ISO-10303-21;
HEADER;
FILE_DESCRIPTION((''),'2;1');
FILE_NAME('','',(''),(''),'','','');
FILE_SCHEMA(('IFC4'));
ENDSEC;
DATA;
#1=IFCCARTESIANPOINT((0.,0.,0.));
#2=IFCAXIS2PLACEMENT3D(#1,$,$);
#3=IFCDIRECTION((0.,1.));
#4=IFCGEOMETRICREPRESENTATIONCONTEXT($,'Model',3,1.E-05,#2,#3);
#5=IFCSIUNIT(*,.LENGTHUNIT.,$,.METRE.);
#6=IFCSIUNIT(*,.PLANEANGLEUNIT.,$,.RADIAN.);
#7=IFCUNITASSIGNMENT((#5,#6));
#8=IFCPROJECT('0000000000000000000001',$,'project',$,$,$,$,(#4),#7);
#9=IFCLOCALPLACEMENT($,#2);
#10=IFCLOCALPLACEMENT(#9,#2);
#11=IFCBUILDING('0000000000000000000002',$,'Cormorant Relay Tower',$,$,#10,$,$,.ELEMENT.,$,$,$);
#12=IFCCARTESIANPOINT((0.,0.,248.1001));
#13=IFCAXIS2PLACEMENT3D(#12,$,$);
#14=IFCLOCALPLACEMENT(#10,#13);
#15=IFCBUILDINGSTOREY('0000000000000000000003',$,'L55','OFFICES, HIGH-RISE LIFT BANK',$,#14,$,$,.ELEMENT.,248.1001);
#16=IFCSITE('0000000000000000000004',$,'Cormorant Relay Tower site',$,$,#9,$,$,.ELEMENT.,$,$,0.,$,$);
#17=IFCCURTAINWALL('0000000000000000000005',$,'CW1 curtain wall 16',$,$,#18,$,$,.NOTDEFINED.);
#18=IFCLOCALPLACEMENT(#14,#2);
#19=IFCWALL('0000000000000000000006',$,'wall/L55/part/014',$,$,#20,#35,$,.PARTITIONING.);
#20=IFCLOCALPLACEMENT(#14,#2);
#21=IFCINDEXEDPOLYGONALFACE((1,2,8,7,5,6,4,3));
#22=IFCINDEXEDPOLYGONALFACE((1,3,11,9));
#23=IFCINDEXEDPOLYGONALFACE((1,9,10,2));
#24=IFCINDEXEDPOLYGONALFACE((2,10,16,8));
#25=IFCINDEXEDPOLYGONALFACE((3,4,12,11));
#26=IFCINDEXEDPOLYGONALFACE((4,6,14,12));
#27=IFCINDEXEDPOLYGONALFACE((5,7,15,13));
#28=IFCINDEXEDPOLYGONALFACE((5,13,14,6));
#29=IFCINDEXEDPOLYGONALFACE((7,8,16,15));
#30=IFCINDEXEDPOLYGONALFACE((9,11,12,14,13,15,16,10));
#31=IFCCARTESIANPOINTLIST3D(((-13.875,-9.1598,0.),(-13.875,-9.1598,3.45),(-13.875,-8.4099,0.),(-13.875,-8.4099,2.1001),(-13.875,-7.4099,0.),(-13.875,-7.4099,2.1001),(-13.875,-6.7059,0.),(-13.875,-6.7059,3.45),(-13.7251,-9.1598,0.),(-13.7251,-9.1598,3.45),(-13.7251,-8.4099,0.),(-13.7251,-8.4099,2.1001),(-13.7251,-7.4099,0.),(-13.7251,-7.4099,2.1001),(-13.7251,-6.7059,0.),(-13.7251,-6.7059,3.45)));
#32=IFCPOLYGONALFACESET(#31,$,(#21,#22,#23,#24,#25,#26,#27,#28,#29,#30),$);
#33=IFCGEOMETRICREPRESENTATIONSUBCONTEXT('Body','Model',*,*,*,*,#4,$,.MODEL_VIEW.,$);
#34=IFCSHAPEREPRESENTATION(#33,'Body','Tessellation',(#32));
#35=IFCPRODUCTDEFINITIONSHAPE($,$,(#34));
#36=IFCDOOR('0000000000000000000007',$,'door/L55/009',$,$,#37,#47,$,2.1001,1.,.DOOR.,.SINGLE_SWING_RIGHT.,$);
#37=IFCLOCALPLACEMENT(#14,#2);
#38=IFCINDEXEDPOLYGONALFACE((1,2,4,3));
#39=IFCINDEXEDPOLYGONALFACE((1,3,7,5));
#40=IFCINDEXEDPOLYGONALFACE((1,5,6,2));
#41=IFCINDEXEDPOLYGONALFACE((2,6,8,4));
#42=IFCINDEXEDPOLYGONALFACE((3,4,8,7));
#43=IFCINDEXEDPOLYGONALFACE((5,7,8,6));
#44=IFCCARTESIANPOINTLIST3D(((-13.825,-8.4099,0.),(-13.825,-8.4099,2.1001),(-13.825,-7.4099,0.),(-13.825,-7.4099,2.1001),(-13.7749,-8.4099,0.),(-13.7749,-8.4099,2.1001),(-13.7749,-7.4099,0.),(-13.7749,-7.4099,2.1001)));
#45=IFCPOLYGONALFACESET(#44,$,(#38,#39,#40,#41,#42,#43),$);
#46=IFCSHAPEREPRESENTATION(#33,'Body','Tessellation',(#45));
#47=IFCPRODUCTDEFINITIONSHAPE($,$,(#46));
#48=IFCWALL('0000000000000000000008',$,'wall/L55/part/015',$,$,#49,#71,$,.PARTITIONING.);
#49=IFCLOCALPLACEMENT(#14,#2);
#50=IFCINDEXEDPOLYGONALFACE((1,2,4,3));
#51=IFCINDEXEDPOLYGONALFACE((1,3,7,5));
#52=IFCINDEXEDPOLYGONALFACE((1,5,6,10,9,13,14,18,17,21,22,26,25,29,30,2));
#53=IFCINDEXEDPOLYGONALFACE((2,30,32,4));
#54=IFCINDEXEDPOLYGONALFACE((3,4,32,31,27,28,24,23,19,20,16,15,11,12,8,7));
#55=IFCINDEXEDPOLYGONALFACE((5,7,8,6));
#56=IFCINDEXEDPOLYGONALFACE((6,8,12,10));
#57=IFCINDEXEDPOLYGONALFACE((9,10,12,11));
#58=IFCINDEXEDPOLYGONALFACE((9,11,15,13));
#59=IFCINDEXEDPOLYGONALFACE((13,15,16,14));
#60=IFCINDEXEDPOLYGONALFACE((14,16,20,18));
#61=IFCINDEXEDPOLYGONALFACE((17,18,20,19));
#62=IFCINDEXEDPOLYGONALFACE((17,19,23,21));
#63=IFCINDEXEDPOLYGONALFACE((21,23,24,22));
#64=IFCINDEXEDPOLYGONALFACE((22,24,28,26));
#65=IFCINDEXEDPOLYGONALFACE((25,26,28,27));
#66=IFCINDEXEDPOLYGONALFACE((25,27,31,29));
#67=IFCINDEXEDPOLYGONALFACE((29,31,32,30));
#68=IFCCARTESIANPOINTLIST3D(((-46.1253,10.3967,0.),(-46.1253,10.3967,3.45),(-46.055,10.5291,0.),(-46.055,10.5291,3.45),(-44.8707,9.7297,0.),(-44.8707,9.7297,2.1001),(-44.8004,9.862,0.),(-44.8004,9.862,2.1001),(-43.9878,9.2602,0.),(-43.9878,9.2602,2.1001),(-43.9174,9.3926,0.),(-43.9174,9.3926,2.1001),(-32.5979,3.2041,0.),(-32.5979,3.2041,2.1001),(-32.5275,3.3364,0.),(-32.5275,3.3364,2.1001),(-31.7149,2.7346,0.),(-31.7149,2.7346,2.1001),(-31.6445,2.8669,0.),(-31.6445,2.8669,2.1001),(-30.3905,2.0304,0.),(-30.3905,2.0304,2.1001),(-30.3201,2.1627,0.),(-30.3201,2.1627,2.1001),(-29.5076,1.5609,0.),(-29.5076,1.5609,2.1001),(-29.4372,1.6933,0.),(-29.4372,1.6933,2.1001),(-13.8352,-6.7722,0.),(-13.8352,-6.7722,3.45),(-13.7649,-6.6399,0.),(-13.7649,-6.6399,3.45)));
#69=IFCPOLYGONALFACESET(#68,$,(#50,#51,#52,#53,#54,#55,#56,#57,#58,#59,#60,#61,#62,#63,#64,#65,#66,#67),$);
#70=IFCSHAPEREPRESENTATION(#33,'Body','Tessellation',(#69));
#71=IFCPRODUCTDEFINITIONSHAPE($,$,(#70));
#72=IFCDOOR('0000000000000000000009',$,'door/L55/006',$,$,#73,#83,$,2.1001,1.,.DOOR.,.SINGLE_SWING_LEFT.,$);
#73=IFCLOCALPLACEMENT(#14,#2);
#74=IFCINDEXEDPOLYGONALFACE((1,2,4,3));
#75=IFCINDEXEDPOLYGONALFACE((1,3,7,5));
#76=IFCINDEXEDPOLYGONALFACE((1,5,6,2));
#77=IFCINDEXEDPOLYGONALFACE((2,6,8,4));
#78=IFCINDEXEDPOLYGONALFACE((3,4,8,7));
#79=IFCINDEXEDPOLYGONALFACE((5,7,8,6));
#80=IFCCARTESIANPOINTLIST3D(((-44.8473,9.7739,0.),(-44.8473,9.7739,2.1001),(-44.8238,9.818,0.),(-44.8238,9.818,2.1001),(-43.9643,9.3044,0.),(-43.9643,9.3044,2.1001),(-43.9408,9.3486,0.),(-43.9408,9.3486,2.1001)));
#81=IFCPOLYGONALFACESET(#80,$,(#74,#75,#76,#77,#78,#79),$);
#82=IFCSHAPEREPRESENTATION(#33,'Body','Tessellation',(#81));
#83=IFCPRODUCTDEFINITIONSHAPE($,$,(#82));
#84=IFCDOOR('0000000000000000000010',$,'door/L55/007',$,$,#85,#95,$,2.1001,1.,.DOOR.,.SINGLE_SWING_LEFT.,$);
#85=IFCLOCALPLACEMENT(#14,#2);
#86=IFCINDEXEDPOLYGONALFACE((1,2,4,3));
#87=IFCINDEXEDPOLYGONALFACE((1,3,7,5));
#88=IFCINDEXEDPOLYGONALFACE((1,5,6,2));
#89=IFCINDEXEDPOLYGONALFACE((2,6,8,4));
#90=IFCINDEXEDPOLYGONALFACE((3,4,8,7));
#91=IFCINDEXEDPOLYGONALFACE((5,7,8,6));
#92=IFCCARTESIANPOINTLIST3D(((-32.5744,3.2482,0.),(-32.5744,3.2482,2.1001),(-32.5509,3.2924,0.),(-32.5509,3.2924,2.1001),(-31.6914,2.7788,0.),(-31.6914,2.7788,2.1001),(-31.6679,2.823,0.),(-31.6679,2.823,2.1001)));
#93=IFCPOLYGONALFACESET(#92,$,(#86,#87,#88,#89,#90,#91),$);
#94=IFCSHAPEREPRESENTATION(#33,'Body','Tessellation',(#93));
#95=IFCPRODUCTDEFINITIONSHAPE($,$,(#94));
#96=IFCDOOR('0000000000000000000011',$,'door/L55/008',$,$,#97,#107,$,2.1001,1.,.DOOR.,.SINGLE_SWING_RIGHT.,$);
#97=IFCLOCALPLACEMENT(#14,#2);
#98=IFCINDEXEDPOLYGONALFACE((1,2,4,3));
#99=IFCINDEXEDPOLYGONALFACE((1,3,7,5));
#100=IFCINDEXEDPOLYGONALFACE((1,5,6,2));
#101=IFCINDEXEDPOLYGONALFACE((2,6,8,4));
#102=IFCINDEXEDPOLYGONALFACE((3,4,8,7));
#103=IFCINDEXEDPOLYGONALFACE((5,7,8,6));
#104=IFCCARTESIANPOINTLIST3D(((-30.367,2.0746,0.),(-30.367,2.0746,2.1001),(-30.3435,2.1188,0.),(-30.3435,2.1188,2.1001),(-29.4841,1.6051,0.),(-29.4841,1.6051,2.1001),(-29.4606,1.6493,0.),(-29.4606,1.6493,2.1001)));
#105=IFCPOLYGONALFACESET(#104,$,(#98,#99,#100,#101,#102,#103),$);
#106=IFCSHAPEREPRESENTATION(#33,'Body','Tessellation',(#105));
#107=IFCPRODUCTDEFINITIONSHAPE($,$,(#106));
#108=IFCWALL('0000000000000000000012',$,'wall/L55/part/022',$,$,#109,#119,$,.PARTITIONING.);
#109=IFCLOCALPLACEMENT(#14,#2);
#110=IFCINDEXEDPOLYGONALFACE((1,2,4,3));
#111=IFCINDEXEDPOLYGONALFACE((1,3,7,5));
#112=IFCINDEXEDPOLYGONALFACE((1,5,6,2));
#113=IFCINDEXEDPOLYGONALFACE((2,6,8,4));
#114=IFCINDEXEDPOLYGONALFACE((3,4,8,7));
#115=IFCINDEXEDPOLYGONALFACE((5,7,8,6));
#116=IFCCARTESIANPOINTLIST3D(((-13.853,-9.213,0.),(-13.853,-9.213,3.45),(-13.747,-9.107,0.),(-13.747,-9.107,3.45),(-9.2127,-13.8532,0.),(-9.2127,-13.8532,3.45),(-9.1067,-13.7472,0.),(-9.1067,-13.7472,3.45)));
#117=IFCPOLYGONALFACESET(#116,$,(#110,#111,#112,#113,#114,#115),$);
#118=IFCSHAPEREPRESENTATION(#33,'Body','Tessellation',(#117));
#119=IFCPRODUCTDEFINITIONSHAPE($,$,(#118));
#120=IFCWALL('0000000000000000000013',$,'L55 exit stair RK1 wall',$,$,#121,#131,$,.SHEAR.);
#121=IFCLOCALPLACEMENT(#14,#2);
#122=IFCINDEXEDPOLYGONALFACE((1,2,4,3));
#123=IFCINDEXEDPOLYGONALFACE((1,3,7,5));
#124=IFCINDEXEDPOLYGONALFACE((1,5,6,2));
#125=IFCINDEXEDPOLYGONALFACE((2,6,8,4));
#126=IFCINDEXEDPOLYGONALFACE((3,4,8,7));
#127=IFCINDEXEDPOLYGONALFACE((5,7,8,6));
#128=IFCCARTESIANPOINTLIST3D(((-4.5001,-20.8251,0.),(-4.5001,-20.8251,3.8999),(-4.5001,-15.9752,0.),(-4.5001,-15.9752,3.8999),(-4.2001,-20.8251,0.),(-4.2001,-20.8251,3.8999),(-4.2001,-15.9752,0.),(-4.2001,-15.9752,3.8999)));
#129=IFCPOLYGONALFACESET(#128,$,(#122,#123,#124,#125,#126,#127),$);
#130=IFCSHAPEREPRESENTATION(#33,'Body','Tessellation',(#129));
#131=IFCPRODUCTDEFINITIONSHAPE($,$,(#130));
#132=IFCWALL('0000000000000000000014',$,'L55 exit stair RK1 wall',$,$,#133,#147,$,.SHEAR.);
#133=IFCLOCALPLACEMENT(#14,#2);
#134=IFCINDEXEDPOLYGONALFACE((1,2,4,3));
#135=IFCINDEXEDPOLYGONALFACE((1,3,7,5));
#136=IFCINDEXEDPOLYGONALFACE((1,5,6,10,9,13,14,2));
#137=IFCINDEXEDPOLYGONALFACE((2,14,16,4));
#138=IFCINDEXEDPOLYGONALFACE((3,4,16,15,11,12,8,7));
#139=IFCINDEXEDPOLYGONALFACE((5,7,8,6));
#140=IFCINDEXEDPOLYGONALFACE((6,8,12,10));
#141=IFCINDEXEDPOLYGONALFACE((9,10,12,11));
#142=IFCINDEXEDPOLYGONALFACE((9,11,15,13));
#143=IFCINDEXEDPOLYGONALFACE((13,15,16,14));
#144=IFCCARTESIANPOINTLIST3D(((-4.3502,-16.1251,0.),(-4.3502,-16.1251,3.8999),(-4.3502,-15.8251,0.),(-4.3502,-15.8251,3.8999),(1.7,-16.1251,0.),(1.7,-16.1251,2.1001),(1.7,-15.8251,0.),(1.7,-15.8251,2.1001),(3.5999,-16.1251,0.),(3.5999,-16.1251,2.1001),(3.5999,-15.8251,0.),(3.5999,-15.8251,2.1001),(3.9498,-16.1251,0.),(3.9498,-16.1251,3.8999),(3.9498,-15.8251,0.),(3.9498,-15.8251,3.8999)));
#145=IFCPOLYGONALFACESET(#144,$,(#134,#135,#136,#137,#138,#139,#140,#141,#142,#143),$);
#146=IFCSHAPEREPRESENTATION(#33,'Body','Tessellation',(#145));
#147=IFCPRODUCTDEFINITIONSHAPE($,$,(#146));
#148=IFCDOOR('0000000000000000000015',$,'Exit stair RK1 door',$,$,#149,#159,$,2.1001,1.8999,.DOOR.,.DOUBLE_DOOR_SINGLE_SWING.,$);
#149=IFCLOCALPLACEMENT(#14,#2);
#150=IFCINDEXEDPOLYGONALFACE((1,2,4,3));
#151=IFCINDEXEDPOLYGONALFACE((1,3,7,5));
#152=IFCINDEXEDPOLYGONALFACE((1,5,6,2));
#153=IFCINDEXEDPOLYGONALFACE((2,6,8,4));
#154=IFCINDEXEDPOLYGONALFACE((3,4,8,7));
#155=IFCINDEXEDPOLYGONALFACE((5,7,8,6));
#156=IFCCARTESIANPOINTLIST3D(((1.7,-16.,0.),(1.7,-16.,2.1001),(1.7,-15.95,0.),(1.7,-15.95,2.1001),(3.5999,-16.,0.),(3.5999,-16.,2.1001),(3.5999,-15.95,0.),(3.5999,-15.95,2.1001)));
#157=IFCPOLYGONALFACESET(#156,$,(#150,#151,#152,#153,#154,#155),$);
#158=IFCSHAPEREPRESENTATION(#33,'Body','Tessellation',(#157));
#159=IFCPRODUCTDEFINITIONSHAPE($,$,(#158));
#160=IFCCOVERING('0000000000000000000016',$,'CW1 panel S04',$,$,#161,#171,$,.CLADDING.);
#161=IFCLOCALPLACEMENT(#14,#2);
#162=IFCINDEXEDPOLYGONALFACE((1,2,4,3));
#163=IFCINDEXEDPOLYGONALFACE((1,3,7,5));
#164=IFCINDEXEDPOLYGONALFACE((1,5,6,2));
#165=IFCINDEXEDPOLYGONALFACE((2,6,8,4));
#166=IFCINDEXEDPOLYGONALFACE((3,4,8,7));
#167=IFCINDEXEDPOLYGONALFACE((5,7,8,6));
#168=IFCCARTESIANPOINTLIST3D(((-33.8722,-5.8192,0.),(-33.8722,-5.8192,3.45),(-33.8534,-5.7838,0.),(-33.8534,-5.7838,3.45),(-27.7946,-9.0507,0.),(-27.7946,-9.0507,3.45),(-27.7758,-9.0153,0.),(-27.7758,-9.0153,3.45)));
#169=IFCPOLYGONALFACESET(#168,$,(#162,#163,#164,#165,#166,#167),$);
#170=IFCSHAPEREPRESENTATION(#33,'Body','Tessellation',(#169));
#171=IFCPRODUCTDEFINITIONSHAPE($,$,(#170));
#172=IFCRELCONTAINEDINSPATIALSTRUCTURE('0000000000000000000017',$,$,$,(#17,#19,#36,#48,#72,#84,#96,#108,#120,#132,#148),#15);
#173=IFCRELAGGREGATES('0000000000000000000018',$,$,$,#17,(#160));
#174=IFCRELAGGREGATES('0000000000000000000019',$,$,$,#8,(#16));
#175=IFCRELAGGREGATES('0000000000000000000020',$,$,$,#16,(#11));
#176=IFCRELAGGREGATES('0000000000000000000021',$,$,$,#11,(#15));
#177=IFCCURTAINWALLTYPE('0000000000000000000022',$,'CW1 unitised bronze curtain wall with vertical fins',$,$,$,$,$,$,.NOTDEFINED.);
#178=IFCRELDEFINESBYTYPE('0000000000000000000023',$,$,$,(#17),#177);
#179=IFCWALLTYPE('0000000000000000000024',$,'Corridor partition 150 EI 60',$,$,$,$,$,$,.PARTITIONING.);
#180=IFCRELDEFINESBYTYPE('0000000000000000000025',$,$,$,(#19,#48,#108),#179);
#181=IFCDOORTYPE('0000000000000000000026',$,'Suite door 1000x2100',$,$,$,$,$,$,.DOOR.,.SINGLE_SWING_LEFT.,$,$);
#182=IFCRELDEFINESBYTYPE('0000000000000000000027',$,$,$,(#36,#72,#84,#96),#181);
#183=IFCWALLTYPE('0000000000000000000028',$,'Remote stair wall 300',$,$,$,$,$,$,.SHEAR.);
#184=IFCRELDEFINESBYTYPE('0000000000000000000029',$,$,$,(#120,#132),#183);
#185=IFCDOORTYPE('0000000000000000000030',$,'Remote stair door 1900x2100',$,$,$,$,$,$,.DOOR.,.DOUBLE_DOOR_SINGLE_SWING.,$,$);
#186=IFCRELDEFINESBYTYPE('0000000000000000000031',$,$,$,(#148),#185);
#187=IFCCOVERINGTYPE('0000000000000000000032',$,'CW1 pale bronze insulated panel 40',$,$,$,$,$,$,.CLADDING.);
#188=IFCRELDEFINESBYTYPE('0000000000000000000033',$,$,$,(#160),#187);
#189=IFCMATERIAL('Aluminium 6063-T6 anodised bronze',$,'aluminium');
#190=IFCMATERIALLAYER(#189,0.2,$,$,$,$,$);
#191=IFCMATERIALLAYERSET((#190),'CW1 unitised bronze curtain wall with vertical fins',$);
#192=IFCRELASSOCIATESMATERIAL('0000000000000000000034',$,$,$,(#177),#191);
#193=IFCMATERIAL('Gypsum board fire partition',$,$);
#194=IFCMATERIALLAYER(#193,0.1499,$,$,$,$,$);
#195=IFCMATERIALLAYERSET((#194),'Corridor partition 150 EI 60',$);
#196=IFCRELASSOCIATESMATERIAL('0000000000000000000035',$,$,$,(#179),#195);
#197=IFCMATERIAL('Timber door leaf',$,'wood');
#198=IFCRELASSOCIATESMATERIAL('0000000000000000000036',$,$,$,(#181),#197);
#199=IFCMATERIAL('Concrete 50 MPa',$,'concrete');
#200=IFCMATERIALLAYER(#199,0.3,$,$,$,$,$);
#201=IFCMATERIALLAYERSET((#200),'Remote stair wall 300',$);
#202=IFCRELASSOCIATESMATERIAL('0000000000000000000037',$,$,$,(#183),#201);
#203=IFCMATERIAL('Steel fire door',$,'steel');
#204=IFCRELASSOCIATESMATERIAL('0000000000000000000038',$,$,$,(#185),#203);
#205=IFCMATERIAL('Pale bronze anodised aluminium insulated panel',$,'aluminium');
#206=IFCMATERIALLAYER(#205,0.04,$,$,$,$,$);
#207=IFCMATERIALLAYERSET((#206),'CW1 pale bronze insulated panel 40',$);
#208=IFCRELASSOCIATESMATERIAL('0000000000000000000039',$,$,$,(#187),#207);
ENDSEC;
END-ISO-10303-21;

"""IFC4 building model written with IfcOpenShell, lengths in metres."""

from ifc_helpers import new_model, si_unit, direction, frame, frame_2d, origin, origin_2d, place, context, subcontext, project, spatial, rectangle, extrude, material, layer, layer_set, type_object, element, fill, aggregate, save


model = new_model("IFC4")

# Units and contexts
model_context = context("Model", 3, precision=1e-05, world=origin(), true_north=direction((0.0, 1.0)))
body_context = subcontext(model_context, "Body", "Model", "MODEL_VIEW")
ifc_project = project(units=[si_unit("LENGTHUNIT", "METRE"), si_unit("PLANEANGLEUNIT", "RADIAN")], contexts=[model_context])

# Site, building, storey
site_placement = place(None, origin())
site = spatial("IfcSite", under=ifc_project, at=site_placement, Name="Cormorant Relay Tower site", CompositionType="ELEMENT", RefElevation=0.0)
building_placement = place(site_placement, origin())
building = spatial("IfcBuilding", under=site, at=building_placement, Name="Cormorant Relay Tower", CompositionType="ELEMENT")
storey_placement = place(building_placement, frame((0.0, 0.0, 248.1001)))
storey = spatial("IfcBuildingStorey", under=building, at=storey_placement, Name="L55", Description="OFFICES, HIGH-RISE LIFT BANK", CompositionType="ELEMENT", Elevation=248.1001)

# Curtain wall
ifc_material_1 = material(Name="Aluminium 6063-T6 anodised bronze", Category="aluminium")
ifc_layer_1 = layer(ifc_material_1, 0.2)
ifc_layer_set_1 = layer_set([ifc_layer_1], Name="CW1 unitised bronze curtain wall with vertical fins")
curtain_wall_type = type_object("IfcCurtainWallType", Name="CW1 unitised bronze curtain wall with vertical fins", PredefinedType="NOTDEFINED", material=ifc_layer_set_1)
curtain_wall_placement = place(storey_placement, origin())
curtain_wall = element("IfcCurtainWall", 1, at=curtain_wall_placement, inside=storey, type_object=curtain_wall_type, Name="CW1 curtain wall 16", PredefinedType="NOTDEFINED")

# Wall, opening, door
ifc_material_2 = material(Name="Gypsum board fire partition")
ifc_layer_2 = layer(ifc_material_2, 0.1499)
ifc_layer_set_2 = layer_set([ifc_layer_2], Name="Corridor partition 150 EI 60")
wall_type_1 = type_object("IfcWallType", Name="Corridor partition 150 EI 60", PredefinedType="PARTITIONING", material=ifc_layer_set_2)
wall_1_placement = place(storey_placement, frame((-13.8, -9.1599, 0.0), z_axis=(0.0, 0.0, 1.0), x_axis=(0.0, 1.0, 0.0)))
wall_1 = element("IfcWall", 2, at=wall_1_placement, inside=storey, type_object=wall_type_1, Name="wall/L55/part/014", PredefinedType="PARTITIONING", context=body_context, shape_type="SweptSolid", body=[
    extrude(rectangle(XDim=2.4539, YDim=0.1499, at=frame_2d((1.2271, 0.0))), origin(), (0.0, 0.0, 1.0), 3.45),
])
opening_1_placement = place(wall_1_placement, frame((0.75, 0.0, 0.0)))
opening_1 = element("IfcOpeningElement", 3, at=opening_1_placement, cuts=wall_1, PredefinedType="OPENING", context=body_context, shape_type="SweptSolid", body=[
    extrude(rectangle(XDim=1.0, YDim=2.1001, at=frame_2d((0.5, 1.05))), frame((0.0, 0.085, 0.0), z_axis=(0.0, -1.0, 0.0), x_axis=(1.0, 0.0, 0.0)), (0.0, 0.0, 1.0), 0.1699),
])
ifc_material_3 = material(Name="Timber door leaf", Category="wood")
door_type_1 = type_object("IfcDoorType", Name="Suite door 1000x2100", OperationType="SINGLE_SWING_LEFT", PredefinedType="DOOR", material=ifc_material_3)
door_1_placement = place(opening_1_placement, origin())
door_1 = element("IfcDoor", 4, at=door_1_placement, inside=storey, type_object=door_type_1, Name="door/L55/009", OperationType="SINGLE_SWING_RIGHT", OverallHeight=2.1001, OverallWidth=1.0, PredefinedType="DOOR", context=body_context, shape_type="SweptSolid", body=[
    extrude(rectangle(XDim=1.0, YDim=2.1001, at=frame_2d((0.5, 1.05))), frame((0.0, 0.0249, 0.0), z_axis=(0.0, -1.0, 0.0), x_axis=(1.0, 0.0, 0.0)), (0.0, 0.0, 1.0), 0.05),
])
fill(opening_1, door_1)

# Wall, openings, doors
wall_2_placement = place(storey_placement, frame((-13.8, -6.7061, 0.0), z_axis=(0.0, 0.0, 1.0), x_axis=(-0.882947, 0.469472, 0.0)))
wall_2 = element("IfcWall", 5, at=wall_2_placement, inside=storey, type_object=wall_type_1, Name="wall/L55/part/015", PredefinedType="PARTITIONING", context=body_context, shape_type="SweptSolid", body=[
    extrude(rectangle(XDim=36.5708, YDim=0.1499, at=frame_2d((18.2854, 0.0))), origin(), (0.0, 0.0, 1.0), 3.45),
])
opening_2_placement = place(wall_2_placement, frame((34.1499, 0.0, 0.0)))
opening_2 = element("IfcOpeningElement", 6, at=opening_2_placement, cuts=wall_2, PredefinedType="OPENING", context=body_context, shape_type="SweptSolid", body=[
    extrude(rectangle(XDim=1.0, YDim=2.1001, at=frame_2d((0.5, 1.05))), frame((0.0, 0.085, 0.0), z_axis=(0.0, -1.0, 0.0), x_axis=(1.0, 0.0, 0.0)), (0.0, 0.0, 1.0), 0.1699),
])
opening_3_placement = place(wall_2_placement, frame((20.25, 0.0, 0.0)))
opening_3 = element("IfcOpeningElement", 7, at=opening_3_placement, cuts=wall_2, PredefinedType="OPENING", context=body_context, shape_type="SweptSolid", body=[
    extrude(rectangle(XDim=1.0, YDim=2.1001, at=frame_2d((0.5, 1.05))), frame((0.0, 0.085, 0.0), z_axis=(0.0, -1.0, 0.0), x_axis=(1.0, 0.0, 0.0)), (0.0, 0.0, 1.0), 0.1699),
])
opening_4_placement = place(wall_2_placement, frame((17.75, 0.0, 0.0)))
opening_4 = element("IfcOpeningElement", 8, at=opening_4_placement, cuts=wall_2, PredefinedType="OPENING", context=body_context, shape_type="SweptSolid", body=[
    extrude(rectangle(XDim=1.0, YDim=2.1001, at=frame_2d((0.5, 1.05))), frame((0.0, 0.085, 0.0), z_axis=(0.0, -1.0, 0.0), x_axis=(1.0, 0.0, 0.0)), (0.0, 0.0, 1.0), 0.1699),
])
door_2_placement = place(opening_2_placement, origin())
door_2 = element("IfcDoor", 9, at=door_2_placement, inside=storey, type_object=door_type_1, Name="door/L55/006", OperationType="SINGLE_SWING_LEFT", OverallHeight=2.1001, OverallWidth=1.0, PredefinedType="DOOR", context=body_context, shape_type="SweptSolid", body=[
    extrude(rectangle(XDim=1.0, YDim=2.1001, at=frame_2d((0.5, 1.05))), frame((0.0, 0.0249, 0.0), z_axis=(0.0, -1.0, 0.0), x_axis=(1.0, 0.0, 0.0)), (0.0, 0.0, 1.0), 0.05),
])
fill(opening_2, door_2)
door_3_placement = place(opening_3_placement, origin())
door_3 = element("IfcDoor", 10, at=door_3_placement, inside=storey, type_object=door_type_1, Name="door/L55/007", OperationType="SINGLE_SWING_LEFT", OverallHeight=2.1001, OverallWidth=1.0, PredefinedType="DOOR", context=body_context, shape_type="SweptSolid", body=[
    extrude(rectangle(XDim=1.0, YDim=2.1001, at=frame_2d((0.5, 1.05))), frame((0.0, 0.0249, 0.0), z_axis=(0.0, -1.0, 0.0), x_axis=(1.0, 0.0, 0.0)), (0.0, 0.0, 1.0), 0.05),
])
fill(opening_3, door_3)
door_4_placement = place(opening_4_placement, origin())
door_4 = element("IfcDoor", 11, at=door_4_placement, inside=storey, type_object=door_type_1, Name="door/L55/008", OperationType="SINGLE_SWING_RIGHT", OverallHeight=2.1001, OverallWidth=1.0, PredefinedType="DOOR", context=body_context, shape_type="SweptSolid", body=[
    extrude(rectangle(XDim=1.0, YDim=2.1001, at=frame_2d((0.5, 1.05))), frame((0.0, 0.0249, 0.0), z_axis=(0.0, -1.0, 0.0), x_axis=(1.0, 0.0, 0.0)), (0.0, 0.0, 1.0), 0.05),
])
fill(opening_4, door_4)

# Walls
wall_3_placement = place(storey_placement, frame((-13.8, -9.1599, 0.0), z_axis=(0.0, 0.0, 1.0), x_axis=(0.707107, -0.707107, 0.0)))
element("IfcWall", 12, at=wall_3_placement, inside=storey, type_object=wall_type_1, Name="wall/L55/part/022", PredefinedType="PARTITIONING", context=body_context, shape_type="SweptSolid", body=[
    extrude(rectangle(XDim=6.5623, YDim=0.1499, at=frame_2d((3.2812, 0.0))), origin(), (0.0, 0.0, 1.0), 3.45),
])
ifc_material_4 = material(Name="Concrete 50 MPa", Category="concrete")
ifc_layer_3 = layer(ifc_material_4, 0.3)
ifc_layer_set_3 = layer_set([ifc_layer_3], Name="Remote stair wall 300")
wall_type_2 = type_object("IfcWallType", Name="Remote stair wall 300", PredefinedType="SHEAR", material=ifc_layer_set_3)
wall_4_placement = place(storey_placement, frame((-4.3501, -20.825, 0.0), z_axis=(0.0, 0.0, 1.0), x_axis=(0.0, 1.0, 0.0)))
element("IfcWall", 13, at=wall_4_placement, inside=storey, type_object=wall_type_2, Name="L55 exit stair RK1 wall", PredefinedType="SHEAR", context=body_context, shape_type="SweptSolid", body=[
    extrude(rectangle(XDim=4.8499, YDim=0.3, at=frame_2d((2.4248, 0.0))), origin(), (0.0, 0.0, 1.0), 3.8999),
])

# Wall, opening, door
wall_5_placement = place(storey_placement, frame((-4.3501, -15.9751, 0.0), z_axis=(0.0, 0.0, 1.0), x_axis=(1.0, 0.0, 0.0)))
wall_5 = element("IfcWall", 14, at=wall_5_placement, inside=storey, type_object=wall_type_2, Name="L55 exit stair RK1 wall", PredefinedType="SHEAR", context=body_context, shape_type="SweptSolid", body=[
    extrude(rectangle(XDim=8.3, YDim=0.3, at=frame_2d((4.1499, 0.0))), origin(), (0.0, 0.0, 1.0), 3.8999),
])
opening_5_placement = place(wall_5_placement, frame((6.05, 0.0, 0.0)))
opening_5 = element("IfcOpeningElement", 15, at=opening_5_placement, cuts=wall_5, PredefinedType="OPENING", context=body_context, shape_type="SweptSolid", body=[
    extrude(rectangle(XDim=1.8999, YDim=2.1001, at=frame_2d((0.95, 1.05))), frame((0.0, 0.1599, 0.0), z_axis=(0.0, -1.0, 0.0), x_axis=(1.0, 0.0, 0.0)), (0.0, 0.0, 1.0), 0.3201),
])
ifc_material_5 = material(Name="Steel fire door", Category="steel")
door_type_2 = type_object("IfcDoorType", Name="Remote stair door 1900x2100", OperationType="DOUBLE_DOOR_SINGLE_SWING", PredefinedType="DOOR", material=ifc_material_5)
door_5_placement = place(opening_5_placement, frame((1.8999, 0.0, 0.0), z_axis=(0.0, 0.0, 1.0), x_axis=(-1.0, 0.0, 0.0)))
door_5 = element("IfcDoor", 16, at=door_5_placement, inside=storey, type_object=door_type_2, Name="Exit stair RK1 door", OperationType="DOUBLE_DOOR_SINGLE_SWING", OverallHeight=2.1001, OverallWidth=1.8999, PredefinedType="DOOR", context=body_context, shape_type="SweptSolid", body=[
    extrude(rectangle(XDim=1.8999, YDim=2.1001, at=frame_2d((0.95, 1.05))), frame((0.0, 0.0249, 0.0), z_axis=(0.0, -1.0, 0.0), x_axis=(1.0, 0.0, 0.0)), (0.0, 0.0, 1.0), 0.05),
])
fill(opening_5, door_5)

# Covering
ifc_material_6 = material(Name="Pale bronze anodised aluminium insulated panel", Category="aluminium")
ifc_layer_4 = layer(ifc_material_6, 0.04)
ifc_layer_set_4 = layer_set([ifc_layer_4], Name="CW1 pale bronze insulated panel 40")
covering_type = type_object("IfcCoveringType", Name="CW1 pale bronze insulated panel 40", PredefinedType="CLADDING", material=ifc_layer_set_4)
covering_1_placement = place(storey_placement, frame((-30.824, -7.4172, 0.0), z_axis=(0.0, 0.0, 1.0), x_axis=(0.882948, -0.469472, 0.0)))
covering_1 = element("IfcCovering", 17, at=covering_1_placement, type_object=covering_type, Name="CW1 panel S04", PredefinedType="CLADDING", context=body_context, shape_type="SweptSolid", body=[
    extrude(rectangle(XDim=6.8833, YDim=0.04, at=origin_2d()), origin(), (0.0, 0.0, 1.0), 3.45),
])
aggregate(curtain_wall, [covering_1])

save(model, "model.ifc")
